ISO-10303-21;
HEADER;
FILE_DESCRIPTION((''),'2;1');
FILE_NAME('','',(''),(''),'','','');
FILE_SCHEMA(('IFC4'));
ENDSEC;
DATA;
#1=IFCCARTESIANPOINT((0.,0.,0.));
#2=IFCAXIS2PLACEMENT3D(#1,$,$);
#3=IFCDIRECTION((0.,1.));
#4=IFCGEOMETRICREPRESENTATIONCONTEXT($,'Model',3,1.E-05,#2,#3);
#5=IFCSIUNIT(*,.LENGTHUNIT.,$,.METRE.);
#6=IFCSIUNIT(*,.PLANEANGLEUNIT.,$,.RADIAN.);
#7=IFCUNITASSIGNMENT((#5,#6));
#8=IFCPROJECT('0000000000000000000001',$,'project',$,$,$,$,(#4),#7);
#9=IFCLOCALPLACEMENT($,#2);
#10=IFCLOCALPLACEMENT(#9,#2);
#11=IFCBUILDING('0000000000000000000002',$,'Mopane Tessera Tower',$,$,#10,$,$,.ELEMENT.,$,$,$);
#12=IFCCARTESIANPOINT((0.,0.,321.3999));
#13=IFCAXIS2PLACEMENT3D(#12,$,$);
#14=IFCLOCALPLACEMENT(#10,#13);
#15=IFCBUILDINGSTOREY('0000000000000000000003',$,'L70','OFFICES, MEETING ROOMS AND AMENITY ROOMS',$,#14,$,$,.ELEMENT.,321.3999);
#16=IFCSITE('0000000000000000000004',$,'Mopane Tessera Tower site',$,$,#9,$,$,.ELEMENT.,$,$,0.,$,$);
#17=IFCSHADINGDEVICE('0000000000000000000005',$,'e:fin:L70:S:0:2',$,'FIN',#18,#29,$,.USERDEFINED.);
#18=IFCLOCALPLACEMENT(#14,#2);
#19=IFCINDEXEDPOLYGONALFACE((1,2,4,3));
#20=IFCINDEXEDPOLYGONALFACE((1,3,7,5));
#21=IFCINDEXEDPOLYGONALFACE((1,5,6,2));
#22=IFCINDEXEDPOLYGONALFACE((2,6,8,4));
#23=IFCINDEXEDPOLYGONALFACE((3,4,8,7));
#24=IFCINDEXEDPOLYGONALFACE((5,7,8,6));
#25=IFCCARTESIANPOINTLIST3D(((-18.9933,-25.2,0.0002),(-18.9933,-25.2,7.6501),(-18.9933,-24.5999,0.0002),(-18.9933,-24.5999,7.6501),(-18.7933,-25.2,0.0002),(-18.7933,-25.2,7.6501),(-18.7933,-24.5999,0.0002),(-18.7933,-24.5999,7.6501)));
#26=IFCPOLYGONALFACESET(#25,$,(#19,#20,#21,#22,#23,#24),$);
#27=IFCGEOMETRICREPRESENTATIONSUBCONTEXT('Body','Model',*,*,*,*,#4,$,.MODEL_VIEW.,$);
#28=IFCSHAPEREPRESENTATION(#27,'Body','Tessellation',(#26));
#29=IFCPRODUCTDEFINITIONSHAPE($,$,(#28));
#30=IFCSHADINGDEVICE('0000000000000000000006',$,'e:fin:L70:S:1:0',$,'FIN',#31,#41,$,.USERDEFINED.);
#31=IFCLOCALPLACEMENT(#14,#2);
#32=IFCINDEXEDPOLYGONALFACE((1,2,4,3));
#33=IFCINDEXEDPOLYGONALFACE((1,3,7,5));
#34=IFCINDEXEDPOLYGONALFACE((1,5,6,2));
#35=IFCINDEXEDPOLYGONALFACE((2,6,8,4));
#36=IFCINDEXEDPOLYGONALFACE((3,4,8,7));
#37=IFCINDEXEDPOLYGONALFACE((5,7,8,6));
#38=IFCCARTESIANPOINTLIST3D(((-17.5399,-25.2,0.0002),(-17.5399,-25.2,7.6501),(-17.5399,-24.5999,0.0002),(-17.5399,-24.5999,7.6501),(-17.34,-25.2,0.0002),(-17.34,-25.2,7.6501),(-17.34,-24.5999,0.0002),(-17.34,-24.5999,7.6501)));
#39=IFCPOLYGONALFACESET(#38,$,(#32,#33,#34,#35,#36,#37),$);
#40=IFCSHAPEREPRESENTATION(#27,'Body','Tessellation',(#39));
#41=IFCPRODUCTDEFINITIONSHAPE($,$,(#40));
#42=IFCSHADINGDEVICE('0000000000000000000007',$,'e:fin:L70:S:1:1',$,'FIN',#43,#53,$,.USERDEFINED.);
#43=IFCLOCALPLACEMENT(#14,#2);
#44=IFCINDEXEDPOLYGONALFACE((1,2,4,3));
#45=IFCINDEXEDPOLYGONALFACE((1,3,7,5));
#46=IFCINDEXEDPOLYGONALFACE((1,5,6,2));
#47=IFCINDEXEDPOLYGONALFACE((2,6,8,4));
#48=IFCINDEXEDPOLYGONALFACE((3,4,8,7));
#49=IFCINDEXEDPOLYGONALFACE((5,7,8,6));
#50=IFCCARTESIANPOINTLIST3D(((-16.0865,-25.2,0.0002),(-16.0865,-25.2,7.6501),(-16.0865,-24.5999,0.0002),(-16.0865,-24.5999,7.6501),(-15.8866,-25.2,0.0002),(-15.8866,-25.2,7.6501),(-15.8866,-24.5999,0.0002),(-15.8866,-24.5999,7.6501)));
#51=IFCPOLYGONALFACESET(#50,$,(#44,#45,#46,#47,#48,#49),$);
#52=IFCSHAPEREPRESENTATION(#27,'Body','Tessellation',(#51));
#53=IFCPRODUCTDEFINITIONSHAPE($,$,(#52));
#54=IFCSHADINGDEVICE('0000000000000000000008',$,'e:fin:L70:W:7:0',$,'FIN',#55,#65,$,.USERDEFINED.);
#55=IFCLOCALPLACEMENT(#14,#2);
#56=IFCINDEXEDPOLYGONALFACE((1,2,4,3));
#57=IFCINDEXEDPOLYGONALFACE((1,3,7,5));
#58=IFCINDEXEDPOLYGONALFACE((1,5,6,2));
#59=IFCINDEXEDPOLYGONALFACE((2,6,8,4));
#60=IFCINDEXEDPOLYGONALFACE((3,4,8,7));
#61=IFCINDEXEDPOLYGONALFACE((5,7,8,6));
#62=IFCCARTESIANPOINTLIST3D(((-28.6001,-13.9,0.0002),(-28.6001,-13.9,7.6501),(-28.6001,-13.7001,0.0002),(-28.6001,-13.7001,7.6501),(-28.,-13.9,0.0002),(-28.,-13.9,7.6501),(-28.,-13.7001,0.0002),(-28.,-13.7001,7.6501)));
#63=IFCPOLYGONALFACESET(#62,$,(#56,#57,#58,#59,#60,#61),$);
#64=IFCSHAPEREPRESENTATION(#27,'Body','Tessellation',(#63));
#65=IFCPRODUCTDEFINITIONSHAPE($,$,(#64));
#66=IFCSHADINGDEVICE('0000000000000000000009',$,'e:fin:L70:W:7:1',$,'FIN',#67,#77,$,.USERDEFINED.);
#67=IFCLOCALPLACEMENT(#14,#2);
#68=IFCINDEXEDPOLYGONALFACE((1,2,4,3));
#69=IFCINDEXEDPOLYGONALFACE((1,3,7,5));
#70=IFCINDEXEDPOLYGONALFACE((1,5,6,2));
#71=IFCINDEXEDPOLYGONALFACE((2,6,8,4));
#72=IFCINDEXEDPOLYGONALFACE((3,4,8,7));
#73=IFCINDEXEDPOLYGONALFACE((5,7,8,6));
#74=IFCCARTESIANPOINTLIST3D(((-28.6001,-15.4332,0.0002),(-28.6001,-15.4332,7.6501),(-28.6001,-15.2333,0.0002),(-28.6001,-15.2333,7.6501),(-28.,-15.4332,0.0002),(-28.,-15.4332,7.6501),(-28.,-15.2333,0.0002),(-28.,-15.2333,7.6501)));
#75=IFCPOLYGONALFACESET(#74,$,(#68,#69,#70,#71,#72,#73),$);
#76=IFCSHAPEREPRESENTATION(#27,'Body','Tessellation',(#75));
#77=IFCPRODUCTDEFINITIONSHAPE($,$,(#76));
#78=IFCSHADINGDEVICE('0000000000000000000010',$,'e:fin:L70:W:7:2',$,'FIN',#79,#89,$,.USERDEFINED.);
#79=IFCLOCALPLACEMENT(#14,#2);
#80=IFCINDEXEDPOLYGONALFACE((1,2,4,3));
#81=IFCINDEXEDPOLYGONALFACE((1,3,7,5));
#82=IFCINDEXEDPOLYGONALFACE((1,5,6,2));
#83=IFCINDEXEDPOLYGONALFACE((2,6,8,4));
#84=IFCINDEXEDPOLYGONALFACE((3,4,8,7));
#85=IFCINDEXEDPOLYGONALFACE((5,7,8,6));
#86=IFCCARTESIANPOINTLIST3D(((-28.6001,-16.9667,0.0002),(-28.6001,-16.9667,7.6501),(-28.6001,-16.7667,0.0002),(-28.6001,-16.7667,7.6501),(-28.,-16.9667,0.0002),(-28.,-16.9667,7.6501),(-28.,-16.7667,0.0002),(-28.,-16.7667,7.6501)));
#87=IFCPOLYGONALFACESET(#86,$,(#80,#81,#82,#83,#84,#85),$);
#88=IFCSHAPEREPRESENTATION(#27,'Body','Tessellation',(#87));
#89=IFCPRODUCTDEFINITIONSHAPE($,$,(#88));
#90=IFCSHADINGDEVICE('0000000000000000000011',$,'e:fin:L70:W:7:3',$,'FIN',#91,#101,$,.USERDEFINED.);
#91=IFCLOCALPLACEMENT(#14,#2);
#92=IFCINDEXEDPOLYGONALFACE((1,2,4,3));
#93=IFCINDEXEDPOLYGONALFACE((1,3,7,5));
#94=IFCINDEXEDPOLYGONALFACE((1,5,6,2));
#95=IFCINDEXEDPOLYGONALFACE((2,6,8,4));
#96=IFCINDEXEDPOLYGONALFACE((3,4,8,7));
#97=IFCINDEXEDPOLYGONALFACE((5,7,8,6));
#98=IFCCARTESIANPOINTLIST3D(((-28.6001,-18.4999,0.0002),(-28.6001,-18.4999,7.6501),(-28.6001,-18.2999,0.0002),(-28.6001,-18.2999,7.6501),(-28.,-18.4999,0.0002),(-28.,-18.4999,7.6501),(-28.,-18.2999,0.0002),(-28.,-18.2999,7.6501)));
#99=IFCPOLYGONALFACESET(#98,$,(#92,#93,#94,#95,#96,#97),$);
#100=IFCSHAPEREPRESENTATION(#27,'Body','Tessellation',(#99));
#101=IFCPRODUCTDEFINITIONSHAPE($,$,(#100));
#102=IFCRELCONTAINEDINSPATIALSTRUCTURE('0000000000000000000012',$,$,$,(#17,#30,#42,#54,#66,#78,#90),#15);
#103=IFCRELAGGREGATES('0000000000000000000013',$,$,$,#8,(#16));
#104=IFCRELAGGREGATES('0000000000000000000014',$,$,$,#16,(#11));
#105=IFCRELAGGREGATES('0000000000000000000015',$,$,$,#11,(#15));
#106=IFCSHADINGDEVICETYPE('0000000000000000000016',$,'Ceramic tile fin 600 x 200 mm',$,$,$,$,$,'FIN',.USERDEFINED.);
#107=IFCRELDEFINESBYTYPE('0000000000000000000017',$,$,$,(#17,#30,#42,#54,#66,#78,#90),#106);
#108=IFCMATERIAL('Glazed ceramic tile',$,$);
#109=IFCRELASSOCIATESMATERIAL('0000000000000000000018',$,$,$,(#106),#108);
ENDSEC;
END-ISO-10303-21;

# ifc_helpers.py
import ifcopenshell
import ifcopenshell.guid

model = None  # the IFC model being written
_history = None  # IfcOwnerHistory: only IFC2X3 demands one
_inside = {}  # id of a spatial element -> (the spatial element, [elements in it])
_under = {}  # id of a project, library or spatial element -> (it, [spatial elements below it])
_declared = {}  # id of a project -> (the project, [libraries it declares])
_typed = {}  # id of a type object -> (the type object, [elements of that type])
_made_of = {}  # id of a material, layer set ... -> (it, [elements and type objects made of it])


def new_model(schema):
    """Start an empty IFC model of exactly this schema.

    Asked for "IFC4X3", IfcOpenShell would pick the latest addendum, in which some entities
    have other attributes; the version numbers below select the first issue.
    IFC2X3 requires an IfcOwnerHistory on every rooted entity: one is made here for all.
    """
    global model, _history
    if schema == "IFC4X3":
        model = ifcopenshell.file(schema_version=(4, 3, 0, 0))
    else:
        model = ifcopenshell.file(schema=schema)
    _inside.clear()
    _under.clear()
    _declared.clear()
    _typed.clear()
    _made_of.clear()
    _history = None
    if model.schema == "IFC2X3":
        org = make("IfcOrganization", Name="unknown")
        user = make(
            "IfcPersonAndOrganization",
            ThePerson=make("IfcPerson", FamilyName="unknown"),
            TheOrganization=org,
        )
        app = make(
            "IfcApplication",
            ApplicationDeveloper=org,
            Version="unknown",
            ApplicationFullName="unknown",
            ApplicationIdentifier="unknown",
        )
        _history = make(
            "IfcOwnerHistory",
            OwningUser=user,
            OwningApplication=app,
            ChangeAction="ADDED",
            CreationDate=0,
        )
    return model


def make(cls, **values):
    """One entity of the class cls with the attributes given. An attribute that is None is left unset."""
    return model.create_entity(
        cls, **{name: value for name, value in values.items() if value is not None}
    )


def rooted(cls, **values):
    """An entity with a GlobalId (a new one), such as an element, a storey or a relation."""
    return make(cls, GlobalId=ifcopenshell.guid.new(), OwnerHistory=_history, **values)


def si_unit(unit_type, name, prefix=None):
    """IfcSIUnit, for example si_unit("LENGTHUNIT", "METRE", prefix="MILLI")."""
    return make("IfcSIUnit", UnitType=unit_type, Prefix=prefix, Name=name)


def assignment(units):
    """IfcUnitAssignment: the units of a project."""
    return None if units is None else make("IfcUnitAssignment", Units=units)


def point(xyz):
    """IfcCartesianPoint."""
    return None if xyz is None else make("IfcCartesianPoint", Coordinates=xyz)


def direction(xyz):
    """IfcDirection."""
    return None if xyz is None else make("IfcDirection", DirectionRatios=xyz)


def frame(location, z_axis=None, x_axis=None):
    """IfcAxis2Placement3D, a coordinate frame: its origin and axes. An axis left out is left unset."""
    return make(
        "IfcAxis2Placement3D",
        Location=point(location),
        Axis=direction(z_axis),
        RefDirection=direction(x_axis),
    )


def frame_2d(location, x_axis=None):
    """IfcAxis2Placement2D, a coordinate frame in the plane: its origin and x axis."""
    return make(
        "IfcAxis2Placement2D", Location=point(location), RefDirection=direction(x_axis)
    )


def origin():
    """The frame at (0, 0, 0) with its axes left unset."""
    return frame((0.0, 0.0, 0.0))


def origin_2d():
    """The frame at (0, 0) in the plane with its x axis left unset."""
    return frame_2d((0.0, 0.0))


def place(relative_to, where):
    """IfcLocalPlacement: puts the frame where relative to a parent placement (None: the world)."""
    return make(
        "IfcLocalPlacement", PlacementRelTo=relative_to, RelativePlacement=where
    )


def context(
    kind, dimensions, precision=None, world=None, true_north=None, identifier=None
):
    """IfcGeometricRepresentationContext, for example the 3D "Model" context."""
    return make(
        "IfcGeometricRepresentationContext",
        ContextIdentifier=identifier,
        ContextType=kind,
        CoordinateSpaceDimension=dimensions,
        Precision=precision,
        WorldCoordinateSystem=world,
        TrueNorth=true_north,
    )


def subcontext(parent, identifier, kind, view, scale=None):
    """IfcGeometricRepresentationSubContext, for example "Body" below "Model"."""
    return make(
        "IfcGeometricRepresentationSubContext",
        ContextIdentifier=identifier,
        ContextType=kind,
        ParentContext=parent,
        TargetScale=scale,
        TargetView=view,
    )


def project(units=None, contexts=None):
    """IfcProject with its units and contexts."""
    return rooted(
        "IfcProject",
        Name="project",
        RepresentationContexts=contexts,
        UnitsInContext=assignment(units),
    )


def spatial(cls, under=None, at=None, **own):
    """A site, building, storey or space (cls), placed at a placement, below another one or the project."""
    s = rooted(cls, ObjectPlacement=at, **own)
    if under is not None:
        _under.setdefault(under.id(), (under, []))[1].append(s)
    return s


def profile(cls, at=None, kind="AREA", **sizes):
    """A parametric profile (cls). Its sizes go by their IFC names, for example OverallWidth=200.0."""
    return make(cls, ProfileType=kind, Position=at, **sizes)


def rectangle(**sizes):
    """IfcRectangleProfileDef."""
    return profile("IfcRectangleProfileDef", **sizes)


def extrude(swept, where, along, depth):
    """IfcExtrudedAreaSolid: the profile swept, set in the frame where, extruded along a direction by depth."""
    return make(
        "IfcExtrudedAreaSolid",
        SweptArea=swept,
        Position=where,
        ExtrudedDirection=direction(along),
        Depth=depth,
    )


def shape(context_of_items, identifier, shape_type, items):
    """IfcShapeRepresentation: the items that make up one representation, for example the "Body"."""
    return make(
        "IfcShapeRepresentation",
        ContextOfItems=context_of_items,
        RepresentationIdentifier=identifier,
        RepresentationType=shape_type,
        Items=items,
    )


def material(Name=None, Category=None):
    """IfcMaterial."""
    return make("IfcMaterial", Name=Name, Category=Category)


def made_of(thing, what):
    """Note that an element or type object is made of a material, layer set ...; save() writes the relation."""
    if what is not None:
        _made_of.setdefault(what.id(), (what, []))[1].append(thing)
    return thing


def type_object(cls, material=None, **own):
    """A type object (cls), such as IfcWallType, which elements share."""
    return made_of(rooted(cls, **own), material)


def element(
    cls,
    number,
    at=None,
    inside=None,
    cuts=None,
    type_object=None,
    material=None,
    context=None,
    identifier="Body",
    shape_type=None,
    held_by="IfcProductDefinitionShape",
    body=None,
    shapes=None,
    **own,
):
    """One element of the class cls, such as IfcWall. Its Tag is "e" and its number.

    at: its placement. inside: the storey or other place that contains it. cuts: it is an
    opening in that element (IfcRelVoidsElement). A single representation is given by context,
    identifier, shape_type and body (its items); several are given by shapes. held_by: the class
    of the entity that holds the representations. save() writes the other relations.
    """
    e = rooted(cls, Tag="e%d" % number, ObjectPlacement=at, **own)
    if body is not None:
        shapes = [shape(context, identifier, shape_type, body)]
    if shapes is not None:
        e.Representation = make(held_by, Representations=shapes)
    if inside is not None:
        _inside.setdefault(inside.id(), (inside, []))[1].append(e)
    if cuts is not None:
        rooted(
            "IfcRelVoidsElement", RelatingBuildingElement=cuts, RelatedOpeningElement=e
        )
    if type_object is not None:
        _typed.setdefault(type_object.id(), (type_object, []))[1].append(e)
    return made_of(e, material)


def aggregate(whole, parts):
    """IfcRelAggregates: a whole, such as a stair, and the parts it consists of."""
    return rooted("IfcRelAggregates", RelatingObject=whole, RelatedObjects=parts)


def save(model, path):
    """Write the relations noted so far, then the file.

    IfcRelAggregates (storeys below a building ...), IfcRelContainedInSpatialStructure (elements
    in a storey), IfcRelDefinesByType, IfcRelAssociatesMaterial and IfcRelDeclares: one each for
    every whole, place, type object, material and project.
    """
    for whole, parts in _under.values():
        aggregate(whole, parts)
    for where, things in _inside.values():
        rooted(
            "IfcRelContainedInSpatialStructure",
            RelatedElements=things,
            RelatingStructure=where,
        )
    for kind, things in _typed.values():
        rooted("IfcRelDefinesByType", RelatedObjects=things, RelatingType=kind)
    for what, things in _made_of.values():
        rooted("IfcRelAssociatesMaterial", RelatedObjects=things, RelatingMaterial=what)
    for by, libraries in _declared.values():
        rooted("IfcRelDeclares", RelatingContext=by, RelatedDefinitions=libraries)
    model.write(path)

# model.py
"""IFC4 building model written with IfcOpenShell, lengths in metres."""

from ifc_helpers import new_model, si_unit, direction, frame, origin, origin_2d, place, context, subcontext, project, spatial, rectangle, extrude, material, type_object, element, save


model = new_model("IFC4")

# Units and contexts
model_context = context("Model", 3, precision=1e-05, world=origin(), true_north=direction((0.0, 1.0)))
body_context = subcontext(model_context, "Body", "Model", "MODEL_VIEW")
ifc_project = project(units=[si_unit("LENGTHUNIT", "METRE"), si_unit("PLANEANGLEUNIT", "RADIAN")], contexts=[model_context])

# Site, building, storey
site_placement = place(None, origin())
site = spatial("IfcSite", under=ifc_project, at=site_placement, Name="Mopane Tessera Tower site", CompositionType="ELEMENT", RefElevation=0.0)
building_placement = place(site_placement, origin())
building = spatial("IfcBuilding", under=site, at=building_placement, Name="Mopane Tessera Tower", CompositionType="ELEMENT")
storey_placement = place(building_placement, frame((0.0, 0.0, 321.3999)))
storey = spatial("IfcBuildingStorey", under=building, at=storey_placement, Name="L70", Description="OFFICES, MEETING ROOMS AND AMENITY ROOMS", CompositionType="ELEMENT", Elevation=321.3999)

# Shading devices
ifc_material_1 = material(Name="Glazed ceramic tile")
shading_device_type = type_object("IfcShadingDeviceType", Name="Ceramic tile fin 600 x 200 mm", ElementType="FIN", PredefinedType="USERDEFINED", material=ifc_material_1)
for number, where, z_axis, x_axis, name in (
    (1, (-18.8933, -24.8999, 0.0002), (0.0, 0.0, 1.0), (1.0, 0.0, 0.0), "e:fin:L70:S:0:2"),
    (2, (-17.4399, -24.8999, 0.0002), (0.0, 0.0, 1.0), (1.0, 0.0, 0.0), "e:fin:L70:S:1:0"),
    (3, (-15.9866, -24.8999, 0.0002), (0.0, 0.0, 1.0), (1.0, 0.0, 0.0), "e:fin:L70:S:1:1"),
    (4, (-28.3, -13.8, 0.0002), (0.0, 0.0, 1.0), (0.0, -1.0, 0.0), "e:fin:L70:W:7:0"),
    (5, (-28.3, -15.3333, 0.0002), (0.0, 0.0, 1.0), (0.0, -1.0, 0.0), "e:fin:L70:W:7:1"),
    (6, (-28.3, -16.8667, 0.0002), (0.0, 0.0, 1.0), (0.0, -1.0, 0.0), "e:fin:L70:W:7:2"),
    (7, (-28.3, -18.3999, 0.0002), (0.0, 0.0, 1.0), (0.0, -1.0, 0.0), "e:fin:L70:W:7:3"),
):
    element("IfcShadingDevice", number, at=place(storey_placement, frame(where, z_axis=z_axis, x_axis=x_axis)), inside=storey, type_object=shading_device_type, Name=name, ObjectType="FIN", PredefinedType="USERDEFINED", context=body_context, shape_type="SweptSolid", body=[
        extrude(rectangle(XDim=0.2, YDim=0.6001, at=origin_2d()), origin(), (0.0, 0.0, 1.0), 7.6499),
    ])

save(model, "model.ifc")
